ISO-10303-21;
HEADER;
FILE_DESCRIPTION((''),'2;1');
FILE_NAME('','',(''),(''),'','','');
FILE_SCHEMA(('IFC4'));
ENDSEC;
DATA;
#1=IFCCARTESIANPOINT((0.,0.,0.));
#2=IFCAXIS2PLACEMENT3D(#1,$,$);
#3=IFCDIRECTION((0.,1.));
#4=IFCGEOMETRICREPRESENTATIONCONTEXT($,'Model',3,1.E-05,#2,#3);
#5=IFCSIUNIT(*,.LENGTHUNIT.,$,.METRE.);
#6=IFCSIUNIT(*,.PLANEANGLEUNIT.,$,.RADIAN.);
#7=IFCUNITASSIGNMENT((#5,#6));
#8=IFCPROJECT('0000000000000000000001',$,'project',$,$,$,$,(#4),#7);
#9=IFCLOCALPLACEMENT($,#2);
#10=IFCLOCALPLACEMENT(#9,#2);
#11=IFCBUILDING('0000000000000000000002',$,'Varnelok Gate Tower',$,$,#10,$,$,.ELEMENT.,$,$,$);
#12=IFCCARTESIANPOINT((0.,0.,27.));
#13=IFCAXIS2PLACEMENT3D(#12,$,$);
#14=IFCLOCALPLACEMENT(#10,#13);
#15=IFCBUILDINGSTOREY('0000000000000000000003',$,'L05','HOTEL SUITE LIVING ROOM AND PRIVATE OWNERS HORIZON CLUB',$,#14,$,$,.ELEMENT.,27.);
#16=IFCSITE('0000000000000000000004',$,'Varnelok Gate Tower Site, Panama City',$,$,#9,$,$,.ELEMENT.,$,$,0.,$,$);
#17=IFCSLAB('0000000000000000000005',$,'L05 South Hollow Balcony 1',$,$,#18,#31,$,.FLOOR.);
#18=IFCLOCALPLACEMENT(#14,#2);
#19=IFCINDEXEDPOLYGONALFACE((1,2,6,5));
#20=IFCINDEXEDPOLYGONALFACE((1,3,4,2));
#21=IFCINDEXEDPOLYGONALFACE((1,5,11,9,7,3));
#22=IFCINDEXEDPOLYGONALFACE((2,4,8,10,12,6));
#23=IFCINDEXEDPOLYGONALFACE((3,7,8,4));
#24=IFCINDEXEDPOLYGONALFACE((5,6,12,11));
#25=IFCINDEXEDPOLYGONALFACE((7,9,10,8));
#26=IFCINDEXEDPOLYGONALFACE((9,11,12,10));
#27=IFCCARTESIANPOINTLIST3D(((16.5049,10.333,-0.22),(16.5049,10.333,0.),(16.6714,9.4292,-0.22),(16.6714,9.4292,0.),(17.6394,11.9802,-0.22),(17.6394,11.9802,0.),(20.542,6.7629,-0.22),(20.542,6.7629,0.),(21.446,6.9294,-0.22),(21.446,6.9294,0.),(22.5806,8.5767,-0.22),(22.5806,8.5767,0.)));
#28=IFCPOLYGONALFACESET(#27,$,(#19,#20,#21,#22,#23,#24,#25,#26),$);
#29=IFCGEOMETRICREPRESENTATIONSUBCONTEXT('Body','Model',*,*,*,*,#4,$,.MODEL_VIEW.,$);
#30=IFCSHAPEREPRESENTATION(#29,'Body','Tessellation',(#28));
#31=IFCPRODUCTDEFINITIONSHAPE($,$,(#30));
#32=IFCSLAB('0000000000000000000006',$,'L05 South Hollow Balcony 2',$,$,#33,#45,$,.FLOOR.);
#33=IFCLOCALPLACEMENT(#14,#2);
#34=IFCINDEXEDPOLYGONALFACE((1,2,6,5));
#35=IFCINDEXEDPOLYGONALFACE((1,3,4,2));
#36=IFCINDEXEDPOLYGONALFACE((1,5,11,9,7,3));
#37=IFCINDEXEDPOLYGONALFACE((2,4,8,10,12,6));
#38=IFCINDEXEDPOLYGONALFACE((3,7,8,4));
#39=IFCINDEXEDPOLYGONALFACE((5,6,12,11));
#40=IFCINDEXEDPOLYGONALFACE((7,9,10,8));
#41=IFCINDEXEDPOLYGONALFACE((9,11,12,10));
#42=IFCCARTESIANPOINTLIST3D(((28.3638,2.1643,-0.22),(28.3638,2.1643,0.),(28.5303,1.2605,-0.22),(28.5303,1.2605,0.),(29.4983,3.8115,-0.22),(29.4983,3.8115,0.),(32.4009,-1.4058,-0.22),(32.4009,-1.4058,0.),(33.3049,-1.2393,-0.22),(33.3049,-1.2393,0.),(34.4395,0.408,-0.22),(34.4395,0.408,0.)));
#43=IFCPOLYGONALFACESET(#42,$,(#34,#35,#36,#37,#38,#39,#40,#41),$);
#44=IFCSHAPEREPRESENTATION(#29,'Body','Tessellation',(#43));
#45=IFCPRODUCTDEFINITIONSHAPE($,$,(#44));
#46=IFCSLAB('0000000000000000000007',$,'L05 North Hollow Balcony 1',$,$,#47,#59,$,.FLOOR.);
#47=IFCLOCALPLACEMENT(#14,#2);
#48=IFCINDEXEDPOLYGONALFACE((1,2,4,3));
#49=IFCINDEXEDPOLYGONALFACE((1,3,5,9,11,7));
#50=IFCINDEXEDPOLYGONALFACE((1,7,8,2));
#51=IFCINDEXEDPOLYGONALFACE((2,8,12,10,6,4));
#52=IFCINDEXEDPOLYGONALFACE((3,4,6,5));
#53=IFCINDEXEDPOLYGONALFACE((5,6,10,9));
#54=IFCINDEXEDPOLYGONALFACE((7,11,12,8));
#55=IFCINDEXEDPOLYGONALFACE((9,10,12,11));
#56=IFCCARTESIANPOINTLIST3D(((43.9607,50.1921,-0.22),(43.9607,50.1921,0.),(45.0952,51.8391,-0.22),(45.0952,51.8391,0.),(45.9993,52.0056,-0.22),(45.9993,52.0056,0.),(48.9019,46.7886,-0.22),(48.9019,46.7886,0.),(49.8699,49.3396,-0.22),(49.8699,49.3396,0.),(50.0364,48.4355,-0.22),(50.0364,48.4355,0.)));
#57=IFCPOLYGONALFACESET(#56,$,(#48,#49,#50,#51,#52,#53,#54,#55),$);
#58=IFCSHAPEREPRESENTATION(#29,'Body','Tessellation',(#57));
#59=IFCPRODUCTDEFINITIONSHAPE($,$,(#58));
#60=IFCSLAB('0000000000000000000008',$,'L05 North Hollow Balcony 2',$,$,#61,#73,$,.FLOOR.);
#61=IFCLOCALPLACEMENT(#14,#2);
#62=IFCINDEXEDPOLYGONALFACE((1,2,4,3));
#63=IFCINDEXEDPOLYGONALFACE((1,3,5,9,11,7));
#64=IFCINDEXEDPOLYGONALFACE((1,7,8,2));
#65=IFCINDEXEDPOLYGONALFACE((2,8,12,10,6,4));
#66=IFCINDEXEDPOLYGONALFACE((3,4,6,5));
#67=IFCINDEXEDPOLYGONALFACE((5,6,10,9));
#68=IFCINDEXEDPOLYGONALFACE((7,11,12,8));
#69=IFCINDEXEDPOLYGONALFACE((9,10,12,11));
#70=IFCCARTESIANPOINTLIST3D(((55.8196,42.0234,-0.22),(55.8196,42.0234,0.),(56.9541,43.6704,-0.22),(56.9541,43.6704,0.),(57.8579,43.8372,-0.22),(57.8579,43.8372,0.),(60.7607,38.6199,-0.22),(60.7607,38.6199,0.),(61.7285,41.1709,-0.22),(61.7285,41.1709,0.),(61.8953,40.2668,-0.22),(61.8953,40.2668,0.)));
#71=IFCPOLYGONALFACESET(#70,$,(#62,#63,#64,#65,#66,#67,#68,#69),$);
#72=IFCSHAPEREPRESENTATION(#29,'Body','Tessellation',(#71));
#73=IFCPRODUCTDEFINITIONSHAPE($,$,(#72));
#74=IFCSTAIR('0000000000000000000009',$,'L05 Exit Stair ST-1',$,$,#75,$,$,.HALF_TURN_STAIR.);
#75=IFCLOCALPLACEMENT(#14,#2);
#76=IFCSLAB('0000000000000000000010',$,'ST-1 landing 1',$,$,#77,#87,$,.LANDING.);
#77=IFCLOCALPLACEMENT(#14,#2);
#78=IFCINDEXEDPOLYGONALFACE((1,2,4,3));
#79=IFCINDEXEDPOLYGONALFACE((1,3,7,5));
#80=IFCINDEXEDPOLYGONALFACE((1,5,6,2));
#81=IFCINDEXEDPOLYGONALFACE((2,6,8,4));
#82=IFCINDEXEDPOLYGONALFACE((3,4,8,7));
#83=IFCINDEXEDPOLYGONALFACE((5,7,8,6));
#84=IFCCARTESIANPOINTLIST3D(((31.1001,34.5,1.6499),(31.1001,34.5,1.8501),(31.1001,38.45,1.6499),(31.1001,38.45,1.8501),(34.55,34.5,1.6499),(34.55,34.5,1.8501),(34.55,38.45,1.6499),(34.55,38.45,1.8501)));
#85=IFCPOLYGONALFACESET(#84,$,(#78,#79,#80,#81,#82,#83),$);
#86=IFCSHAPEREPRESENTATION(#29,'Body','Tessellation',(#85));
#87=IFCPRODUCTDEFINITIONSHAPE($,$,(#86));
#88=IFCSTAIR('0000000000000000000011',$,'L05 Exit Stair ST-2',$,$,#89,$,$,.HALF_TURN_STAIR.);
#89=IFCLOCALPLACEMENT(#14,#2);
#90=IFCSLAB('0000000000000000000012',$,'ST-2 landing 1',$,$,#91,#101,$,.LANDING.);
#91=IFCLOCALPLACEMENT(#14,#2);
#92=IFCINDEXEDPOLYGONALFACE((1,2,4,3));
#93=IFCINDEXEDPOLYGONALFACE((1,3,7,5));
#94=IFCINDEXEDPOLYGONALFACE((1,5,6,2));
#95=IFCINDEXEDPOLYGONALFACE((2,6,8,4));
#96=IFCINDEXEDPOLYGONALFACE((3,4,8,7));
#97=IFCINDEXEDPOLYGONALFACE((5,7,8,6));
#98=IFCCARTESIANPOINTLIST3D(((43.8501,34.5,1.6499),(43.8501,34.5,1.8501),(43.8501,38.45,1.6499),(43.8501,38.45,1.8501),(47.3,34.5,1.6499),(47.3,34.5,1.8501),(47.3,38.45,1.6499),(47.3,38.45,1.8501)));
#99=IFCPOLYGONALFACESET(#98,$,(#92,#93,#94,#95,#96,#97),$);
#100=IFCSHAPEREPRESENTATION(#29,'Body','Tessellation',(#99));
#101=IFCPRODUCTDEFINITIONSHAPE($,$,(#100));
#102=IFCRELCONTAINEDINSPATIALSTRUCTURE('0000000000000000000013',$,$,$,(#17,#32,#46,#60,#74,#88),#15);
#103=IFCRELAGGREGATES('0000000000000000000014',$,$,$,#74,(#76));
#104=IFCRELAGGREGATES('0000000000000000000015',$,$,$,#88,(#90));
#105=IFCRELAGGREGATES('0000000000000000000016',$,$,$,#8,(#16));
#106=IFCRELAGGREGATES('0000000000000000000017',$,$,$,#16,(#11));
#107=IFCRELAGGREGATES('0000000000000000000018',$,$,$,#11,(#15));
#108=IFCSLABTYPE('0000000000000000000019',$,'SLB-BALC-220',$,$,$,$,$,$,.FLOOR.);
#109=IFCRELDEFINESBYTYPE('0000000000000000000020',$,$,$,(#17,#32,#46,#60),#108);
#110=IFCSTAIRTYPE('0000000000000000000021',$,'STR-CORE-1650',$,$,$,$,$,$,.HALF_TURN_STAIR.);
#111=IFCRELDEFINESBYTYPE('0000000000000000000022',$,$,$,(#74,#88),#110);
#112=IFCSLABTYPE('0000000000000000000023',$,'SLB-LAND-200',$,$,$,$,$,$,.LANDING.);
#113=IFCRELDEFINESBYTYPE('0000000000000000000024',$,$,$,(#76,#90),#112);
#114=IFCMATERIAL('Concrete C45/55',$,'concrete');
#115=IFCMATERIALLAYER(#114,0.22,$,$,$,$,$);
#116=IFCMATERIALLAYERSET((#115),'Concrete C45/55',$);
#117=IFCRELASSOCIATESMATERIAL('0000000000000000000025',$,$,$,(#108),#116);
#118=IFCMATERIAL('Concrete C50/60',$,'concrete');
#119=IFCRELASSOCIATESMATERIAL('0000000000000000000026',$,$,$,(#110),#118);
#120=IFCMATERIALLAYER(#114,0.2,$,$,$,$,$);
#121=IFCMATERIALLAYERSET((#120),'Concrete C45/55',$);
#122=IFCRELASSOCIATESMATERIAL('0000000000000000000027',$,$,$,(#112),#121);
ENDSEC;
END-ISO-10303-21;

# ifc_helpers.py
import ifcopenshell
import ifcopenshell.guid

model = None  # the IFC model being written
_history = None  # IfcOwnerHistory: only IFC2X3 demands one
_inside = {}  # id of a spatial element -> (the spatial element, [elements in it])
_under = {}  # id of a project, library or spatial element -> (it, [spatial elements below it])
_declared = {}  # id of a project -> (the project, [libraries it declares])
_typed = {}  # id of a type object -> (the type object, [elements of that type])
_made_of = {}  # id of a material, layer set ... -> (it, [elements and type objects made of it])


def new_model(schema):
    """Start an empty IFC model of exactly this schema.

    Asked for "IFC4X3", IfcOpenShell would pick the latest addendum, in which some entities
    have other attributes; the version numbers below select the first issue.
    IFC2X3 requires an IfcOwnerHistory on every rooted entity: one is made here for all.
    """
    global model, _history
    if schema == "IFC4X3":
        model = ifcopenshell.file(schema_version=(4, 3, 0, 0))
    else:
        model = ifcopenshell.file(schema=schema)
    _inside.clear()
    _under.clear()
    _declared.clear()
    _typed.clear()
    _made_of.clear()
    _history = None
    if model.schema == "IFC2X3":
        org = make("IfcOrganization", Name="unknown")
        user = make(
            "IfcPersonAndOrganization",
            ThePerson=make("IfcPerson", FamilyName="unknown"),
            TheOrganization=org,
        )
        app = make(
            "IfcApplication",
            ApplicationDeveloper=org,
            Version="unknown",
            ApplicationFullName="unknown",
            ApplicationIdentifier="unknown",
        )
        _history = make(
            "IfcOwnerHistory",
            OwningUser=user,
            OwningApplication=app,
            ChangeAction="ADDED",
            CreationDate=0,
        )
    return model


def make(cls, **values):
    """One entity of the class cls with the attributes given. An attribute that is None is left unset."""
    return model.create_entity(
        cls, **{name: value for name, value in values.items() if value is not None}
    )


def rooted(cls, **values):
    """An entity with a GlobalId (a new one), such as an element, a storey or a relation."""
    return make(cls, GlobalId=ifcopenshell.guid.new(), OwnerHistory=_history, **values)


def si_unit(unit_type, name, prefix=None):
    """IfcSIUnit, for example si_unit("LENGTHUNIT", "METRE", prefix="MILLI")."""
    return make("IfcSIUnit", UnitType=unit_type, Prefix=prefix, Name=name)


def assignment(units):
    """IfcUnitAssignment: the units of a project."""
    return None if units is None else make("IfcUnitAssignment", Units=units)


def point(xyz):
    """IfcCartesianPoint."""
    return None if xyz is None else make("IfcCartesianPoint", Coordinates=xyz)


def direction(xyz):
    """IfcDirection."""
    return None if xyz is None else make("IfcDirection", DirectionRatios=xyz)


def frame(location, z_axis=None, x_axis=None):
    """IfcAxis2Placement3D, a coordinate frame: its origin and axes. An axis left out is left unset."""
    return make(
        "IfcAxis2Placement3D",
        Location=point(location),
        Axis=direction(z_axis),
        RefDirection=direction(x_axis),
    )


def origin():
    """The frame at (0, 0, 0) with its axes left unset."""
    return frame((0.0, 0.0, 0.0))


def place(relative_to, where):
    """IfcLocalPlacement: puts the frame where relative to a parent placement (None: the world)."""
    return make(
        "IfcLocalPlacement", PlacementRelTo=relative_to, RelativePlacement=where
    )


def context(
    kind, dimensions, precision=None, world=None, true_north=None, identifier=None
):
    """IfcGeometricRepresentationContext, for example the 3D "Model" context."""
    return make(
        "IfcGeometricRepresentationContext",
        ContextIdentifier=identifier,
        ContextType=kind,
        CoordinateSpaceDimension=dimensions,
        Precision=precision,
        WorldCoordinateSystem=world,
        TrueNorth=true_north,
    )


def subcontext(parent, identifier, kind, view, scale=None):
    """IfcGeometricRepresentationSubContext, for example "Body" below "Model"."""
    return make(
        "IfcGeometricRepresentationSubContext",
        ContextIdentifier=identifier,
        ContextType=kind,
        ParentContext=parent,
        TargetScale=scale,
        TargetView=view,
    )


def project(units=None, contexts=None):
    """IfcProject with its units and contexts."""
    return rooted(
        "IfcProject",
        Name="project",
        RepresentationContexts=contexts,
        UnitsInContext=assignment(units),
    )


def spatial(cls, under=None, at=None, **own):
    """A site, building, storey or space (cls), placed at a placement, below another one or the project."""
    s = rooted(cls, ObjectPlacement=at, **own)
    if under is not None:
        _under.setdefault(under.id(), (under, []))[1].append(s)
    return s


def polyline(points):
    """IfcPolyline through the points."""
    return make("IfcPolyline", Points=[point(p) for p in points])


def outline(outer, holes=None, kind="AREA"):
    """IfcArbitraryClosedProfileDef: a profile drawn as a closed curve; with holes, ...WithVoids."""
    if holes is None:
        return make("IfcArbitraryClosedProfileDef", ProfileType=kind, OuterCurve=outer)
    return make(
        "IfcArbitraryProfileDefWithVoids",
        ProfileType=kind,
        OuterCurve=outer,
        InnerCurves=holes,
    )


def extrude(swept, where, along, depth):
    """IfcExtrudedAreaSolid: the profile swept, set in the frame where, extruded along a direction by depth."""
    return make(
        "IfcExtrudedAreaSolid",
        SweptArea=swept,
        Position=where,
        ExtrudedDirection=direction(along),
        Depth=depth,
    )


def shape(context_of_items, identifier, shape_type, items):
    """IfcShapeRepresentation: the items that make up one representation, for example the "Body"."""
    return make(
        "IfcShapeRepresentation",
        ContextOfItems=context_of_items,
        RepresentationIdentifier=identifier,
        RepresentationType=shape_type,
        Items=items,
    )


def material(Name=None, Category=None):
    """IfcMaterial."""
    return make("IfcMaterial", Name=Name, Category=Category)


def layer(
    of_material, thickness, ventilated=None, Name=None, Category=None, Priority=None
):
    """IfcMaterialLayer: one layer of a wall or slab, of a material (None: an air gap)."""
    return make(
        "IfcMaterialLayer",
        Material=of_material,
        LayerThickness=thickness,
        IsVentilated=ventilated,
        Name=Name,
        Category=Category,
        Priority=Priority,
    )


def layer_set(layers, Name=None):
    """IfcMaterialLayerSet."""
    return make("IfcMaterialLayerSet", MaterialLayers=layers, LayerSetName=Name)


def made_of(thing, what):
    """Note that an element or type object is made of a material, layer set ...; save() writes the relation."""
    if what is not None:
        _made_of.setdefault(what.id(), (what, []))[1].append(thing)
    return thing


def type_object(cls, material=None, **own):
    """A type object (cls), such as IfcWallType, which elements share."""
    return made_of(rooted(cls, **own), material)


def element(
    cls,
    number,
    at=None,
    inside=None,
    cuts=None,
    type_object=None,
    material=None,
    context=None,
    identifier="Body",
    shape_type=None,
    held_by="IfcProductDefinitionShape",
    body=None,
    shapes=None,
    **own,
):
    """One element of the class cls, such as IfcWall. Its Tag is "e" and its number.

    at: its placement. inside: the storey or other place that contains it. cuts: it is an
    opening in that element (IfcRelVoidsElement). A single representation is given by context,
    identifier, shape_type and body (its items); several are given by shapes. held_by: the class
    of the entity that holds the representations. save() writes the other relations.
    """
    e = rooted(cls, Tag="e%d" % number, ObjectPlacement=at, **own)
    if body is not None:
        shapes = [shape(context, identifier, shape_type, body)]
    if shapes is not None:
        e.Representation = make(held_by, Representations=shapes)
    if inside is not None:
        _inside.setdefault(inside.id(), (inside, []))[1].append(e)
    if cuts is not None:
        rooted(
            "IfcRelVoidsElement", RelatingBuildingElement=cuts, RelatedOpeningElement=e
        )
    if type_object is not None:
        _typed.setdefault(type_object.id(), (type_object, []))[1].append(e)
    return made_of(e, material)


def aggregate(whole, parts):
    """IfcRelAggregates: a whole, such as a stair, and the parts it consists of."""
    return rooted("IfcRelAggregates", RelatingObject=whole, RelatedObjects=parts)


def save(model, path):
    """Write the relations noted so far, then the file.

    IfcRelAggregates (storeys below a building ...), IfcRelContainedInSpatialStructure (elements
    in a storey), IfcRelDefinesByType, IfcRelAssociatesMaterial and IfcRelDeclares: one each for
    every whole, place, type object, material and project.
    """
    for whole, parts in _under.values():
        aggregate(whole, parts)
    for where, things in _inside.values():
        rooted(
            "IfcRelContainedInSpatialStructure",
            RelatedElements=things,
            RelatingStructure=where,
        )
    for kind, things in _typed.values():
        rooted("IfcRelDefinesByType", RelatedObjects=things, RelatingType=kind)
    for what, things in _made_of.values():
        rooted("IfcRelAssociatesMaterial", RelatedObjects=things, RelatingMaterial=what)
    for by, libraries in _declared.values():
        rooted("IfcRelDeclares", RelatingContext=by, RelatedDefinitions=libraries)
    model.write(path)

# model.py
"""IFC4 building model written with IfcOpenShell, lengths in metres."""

from ifc_helpers import new_model, si_unit, direction, frame, origin, place, context, subcontext, project, spatial, polyline, outline, extrude, material, layer, layer_set, type_object, element, aggregate, save


model = new_model("IFC4")

# Units and contexts
model_context = context("Model", 3, precision=1e-05, world=origin(), true_north=direction((0.0, 1.0)))
body_context = subcontext(model_context, "Body", "Model", "MODEL_VIEW")
ifc_project = project(units=[si_unit("LENGTHUNIT", "METRE"), si_unit("PLANEANGLEUNIT", "RADIAN")], contexts=[model_context])

# Site, building, storey
site_placement = place(None, origin())
site = spatial("IfcSite", under=ifc_project, at=site_placement, Name="Varnelok Gate Tower Site, Panama City", CompositionType="ELEMENT", RefElevation=0.0)
building_placement = place(site_placement, origin())
building = spatial("IfcBuilding", under=site, at=building_placement, Name="Varnelok Gate Tower", CompositionType="ELEMENT")
storey_placement = place(building_placement, frame((0.0, 0.0, 27.0)))
storey = spatial("IfcBuildingStorey", under=building, at=storey_placement, Name="L05", Description="HOTEL SUITE LIVING ROOM AND PRIVATE OWNERS HORIZON CLUB", CompositionType="ELEMENT", Elevation=27.0)

# Slabs
ifc_material_1 = material(Name="Concrete C45/55", Category="concrete")
ifc_layer_1 = layer(ifc_material_1, 0.22)
ifc_layer_set_1 = layer_set([ifc_layer_1], Name="Concrete C45/55")
slab_type_1 = type_object("IfcSlabType", Name="SLB-BALC-220", PredefinedType="FLOOR", material=ifc_layer_set_1)
slab_1_placement = place(storey_placement, frame((0.0, 0.0, -0.22)))
element("IfcSlab", 1, at=slab_1_placement, inside=storey, type_object=slab_type_1, Name="L05 South Hollow Balcony 1", PredefinedType="FLOOR", context=body_context, shape_type="SweptSolid", body=[
    extrude(outline(polyline([(16.5049, 10.333), (16.6714, 9.4292), (20.542, 6.7629), (21.446, 6.9294), (22.5806, 8.5767), (17.6394, 11.9802), (16.5049, 10.333)])), origin(), (0.0, 0.0, 1.0), 0.22),
])
slab_2_placement = place(storey_placement, frame((0.0, 0.0, -0.22)))
element("IfcSlab", 2, at=slab_2_placement, inside=storey, type_object=slab_type_1, Name="L05 South Hollow Balcony 2", PredefinedType="FLOOR", context=body_context, shape_type="SweptSolid", body=[
    extrude(outline(polyline([(28.3638, 2.1643), (28.5303, 1.2605), (32.4009, -1.4058), (33.3049, -1.2393), (34.4395, 0.408), (29.4983, 3.8115), (28.3638, 2.1643)])), origin(), (0.0, 0.0, 1.0), 0.22),
])
slab_3_placement = place(storey_placement, frame((0.0, 0.0, -0.22)))
element("IfcSlab", 3, at=slab_3_placement, inside=storey, type_object=slab_type_1, Name="L05 North Hollow Balcony 1", PredefinedType="FLOOR", context=body_context, shape_type="SweptSolid", body=[
    extrude(outline(polyline([(43.9607, 50.1921), (48.9019, 46.7886), (50.0364, 48.4355), (49.8699, 49.3396), (45.9993, 52.0056), (45.0952, 51.8391), (43.9607, 50.1921)])), origin(), (0.0, 0.0, 1.0), 0.22),
])
slab_4_placement = place(storey_placement, frame((0.0, 0.0, -0.22)))
element("IfcSlab", 4, at=slab_4_placement, inside=storey, type_object=slab_type_1, Name="L05 North Hollow Balcony 2", PredefinedType="FLOOR", context=body_context, shape_type="SweptSolid", body=[
    extrude(outline(polyline([(55.8196, 42.0234), (60.7607, 38.6199), (61.8953, 40.2668), (61.7285, 41.1709), (57.8579, 43.8372), (56.9541, 43.6704), (55.8196, 42.0234)])), origin(), (0.0, 0.0, 1.0), 0.22),
])

# Stairs, slabs
ifc_material_2 = material(Name="Concrete C50/60", Category="concrete")
stair_type = type_object("IfcStairType", Name="STR-CORE-1650", PredefinedType="HALF_TURN_STAIR", material=ifc_material_2)
stair_1_placement = place(storey_placement, origin())
stair_1 = element("IfcStair", 5, at=stair_1_placement, inside=storey, type_object=stair_type, Name="L05 Exit Stair ST-1", PredefinedType="HALF_TURN_STAIR")
ifc_layer_2 = layer(ifc_material_1, 0.2)
ifc_layer_set_2 = layer_set([ifc_layer_2], Name="Concrete C45/55")
slab_type_2 = type_object("IfcSlabType", Name="SLB-LAND-200", PredefinedType="LANDING", material=ifc_layer_set_2)
slab_5_placement = place(storey_placement, frame((0.0, 0.0, 1.6499)))
slab_5 = element("IfcSlab", 6, at=slab_5_placement, type_object=slab_type_2, Name="ST-1 landing 1", PredefinedType="LANDING", context=body_context, shape_type="SweptSolid", body=[
    extrude(outline(polyline([(34.55, 34.5), (34.55, 38.45), (31.1001, 38.45), (31.1001, 34.5), (34.55, 34.5)])), origin(), (0.0, 0.0, 1.0), 0.2002),
])
aggregate(stair_1, [slab_5])
stair_2_placement = place(storey_placement, origin())
stair_2 = element("IfcStair", 7, at=stair_2_placement, inside=storey, type_object=stair_type, Name="L05 Exit Stair ST-2", PredefinedType="HALF_TURN_STAIR")
slab_6_placement = place(storey_placement, frame((0.0, 0.0, 1.6499)))
slab_6 = element("IfcSlab", 8, at=slab_6_placement, type_object=slab_type_2, Name="ST-2 landing 1", PredefinedType="LANDING", context=body_context, shape_type="SweptSolid", body=[
    extrude(outline(polyline([(47.3, 34.5), (47.3, 38.45), (43.8501, 38.45), (43.8501, 34.5), (47.3, 34.5)])), origin(), (0.0, 0.0, 1.0), 0.2002),
])
aggregate(stair_2, [slab_6])

save(model, "model.ifc")
